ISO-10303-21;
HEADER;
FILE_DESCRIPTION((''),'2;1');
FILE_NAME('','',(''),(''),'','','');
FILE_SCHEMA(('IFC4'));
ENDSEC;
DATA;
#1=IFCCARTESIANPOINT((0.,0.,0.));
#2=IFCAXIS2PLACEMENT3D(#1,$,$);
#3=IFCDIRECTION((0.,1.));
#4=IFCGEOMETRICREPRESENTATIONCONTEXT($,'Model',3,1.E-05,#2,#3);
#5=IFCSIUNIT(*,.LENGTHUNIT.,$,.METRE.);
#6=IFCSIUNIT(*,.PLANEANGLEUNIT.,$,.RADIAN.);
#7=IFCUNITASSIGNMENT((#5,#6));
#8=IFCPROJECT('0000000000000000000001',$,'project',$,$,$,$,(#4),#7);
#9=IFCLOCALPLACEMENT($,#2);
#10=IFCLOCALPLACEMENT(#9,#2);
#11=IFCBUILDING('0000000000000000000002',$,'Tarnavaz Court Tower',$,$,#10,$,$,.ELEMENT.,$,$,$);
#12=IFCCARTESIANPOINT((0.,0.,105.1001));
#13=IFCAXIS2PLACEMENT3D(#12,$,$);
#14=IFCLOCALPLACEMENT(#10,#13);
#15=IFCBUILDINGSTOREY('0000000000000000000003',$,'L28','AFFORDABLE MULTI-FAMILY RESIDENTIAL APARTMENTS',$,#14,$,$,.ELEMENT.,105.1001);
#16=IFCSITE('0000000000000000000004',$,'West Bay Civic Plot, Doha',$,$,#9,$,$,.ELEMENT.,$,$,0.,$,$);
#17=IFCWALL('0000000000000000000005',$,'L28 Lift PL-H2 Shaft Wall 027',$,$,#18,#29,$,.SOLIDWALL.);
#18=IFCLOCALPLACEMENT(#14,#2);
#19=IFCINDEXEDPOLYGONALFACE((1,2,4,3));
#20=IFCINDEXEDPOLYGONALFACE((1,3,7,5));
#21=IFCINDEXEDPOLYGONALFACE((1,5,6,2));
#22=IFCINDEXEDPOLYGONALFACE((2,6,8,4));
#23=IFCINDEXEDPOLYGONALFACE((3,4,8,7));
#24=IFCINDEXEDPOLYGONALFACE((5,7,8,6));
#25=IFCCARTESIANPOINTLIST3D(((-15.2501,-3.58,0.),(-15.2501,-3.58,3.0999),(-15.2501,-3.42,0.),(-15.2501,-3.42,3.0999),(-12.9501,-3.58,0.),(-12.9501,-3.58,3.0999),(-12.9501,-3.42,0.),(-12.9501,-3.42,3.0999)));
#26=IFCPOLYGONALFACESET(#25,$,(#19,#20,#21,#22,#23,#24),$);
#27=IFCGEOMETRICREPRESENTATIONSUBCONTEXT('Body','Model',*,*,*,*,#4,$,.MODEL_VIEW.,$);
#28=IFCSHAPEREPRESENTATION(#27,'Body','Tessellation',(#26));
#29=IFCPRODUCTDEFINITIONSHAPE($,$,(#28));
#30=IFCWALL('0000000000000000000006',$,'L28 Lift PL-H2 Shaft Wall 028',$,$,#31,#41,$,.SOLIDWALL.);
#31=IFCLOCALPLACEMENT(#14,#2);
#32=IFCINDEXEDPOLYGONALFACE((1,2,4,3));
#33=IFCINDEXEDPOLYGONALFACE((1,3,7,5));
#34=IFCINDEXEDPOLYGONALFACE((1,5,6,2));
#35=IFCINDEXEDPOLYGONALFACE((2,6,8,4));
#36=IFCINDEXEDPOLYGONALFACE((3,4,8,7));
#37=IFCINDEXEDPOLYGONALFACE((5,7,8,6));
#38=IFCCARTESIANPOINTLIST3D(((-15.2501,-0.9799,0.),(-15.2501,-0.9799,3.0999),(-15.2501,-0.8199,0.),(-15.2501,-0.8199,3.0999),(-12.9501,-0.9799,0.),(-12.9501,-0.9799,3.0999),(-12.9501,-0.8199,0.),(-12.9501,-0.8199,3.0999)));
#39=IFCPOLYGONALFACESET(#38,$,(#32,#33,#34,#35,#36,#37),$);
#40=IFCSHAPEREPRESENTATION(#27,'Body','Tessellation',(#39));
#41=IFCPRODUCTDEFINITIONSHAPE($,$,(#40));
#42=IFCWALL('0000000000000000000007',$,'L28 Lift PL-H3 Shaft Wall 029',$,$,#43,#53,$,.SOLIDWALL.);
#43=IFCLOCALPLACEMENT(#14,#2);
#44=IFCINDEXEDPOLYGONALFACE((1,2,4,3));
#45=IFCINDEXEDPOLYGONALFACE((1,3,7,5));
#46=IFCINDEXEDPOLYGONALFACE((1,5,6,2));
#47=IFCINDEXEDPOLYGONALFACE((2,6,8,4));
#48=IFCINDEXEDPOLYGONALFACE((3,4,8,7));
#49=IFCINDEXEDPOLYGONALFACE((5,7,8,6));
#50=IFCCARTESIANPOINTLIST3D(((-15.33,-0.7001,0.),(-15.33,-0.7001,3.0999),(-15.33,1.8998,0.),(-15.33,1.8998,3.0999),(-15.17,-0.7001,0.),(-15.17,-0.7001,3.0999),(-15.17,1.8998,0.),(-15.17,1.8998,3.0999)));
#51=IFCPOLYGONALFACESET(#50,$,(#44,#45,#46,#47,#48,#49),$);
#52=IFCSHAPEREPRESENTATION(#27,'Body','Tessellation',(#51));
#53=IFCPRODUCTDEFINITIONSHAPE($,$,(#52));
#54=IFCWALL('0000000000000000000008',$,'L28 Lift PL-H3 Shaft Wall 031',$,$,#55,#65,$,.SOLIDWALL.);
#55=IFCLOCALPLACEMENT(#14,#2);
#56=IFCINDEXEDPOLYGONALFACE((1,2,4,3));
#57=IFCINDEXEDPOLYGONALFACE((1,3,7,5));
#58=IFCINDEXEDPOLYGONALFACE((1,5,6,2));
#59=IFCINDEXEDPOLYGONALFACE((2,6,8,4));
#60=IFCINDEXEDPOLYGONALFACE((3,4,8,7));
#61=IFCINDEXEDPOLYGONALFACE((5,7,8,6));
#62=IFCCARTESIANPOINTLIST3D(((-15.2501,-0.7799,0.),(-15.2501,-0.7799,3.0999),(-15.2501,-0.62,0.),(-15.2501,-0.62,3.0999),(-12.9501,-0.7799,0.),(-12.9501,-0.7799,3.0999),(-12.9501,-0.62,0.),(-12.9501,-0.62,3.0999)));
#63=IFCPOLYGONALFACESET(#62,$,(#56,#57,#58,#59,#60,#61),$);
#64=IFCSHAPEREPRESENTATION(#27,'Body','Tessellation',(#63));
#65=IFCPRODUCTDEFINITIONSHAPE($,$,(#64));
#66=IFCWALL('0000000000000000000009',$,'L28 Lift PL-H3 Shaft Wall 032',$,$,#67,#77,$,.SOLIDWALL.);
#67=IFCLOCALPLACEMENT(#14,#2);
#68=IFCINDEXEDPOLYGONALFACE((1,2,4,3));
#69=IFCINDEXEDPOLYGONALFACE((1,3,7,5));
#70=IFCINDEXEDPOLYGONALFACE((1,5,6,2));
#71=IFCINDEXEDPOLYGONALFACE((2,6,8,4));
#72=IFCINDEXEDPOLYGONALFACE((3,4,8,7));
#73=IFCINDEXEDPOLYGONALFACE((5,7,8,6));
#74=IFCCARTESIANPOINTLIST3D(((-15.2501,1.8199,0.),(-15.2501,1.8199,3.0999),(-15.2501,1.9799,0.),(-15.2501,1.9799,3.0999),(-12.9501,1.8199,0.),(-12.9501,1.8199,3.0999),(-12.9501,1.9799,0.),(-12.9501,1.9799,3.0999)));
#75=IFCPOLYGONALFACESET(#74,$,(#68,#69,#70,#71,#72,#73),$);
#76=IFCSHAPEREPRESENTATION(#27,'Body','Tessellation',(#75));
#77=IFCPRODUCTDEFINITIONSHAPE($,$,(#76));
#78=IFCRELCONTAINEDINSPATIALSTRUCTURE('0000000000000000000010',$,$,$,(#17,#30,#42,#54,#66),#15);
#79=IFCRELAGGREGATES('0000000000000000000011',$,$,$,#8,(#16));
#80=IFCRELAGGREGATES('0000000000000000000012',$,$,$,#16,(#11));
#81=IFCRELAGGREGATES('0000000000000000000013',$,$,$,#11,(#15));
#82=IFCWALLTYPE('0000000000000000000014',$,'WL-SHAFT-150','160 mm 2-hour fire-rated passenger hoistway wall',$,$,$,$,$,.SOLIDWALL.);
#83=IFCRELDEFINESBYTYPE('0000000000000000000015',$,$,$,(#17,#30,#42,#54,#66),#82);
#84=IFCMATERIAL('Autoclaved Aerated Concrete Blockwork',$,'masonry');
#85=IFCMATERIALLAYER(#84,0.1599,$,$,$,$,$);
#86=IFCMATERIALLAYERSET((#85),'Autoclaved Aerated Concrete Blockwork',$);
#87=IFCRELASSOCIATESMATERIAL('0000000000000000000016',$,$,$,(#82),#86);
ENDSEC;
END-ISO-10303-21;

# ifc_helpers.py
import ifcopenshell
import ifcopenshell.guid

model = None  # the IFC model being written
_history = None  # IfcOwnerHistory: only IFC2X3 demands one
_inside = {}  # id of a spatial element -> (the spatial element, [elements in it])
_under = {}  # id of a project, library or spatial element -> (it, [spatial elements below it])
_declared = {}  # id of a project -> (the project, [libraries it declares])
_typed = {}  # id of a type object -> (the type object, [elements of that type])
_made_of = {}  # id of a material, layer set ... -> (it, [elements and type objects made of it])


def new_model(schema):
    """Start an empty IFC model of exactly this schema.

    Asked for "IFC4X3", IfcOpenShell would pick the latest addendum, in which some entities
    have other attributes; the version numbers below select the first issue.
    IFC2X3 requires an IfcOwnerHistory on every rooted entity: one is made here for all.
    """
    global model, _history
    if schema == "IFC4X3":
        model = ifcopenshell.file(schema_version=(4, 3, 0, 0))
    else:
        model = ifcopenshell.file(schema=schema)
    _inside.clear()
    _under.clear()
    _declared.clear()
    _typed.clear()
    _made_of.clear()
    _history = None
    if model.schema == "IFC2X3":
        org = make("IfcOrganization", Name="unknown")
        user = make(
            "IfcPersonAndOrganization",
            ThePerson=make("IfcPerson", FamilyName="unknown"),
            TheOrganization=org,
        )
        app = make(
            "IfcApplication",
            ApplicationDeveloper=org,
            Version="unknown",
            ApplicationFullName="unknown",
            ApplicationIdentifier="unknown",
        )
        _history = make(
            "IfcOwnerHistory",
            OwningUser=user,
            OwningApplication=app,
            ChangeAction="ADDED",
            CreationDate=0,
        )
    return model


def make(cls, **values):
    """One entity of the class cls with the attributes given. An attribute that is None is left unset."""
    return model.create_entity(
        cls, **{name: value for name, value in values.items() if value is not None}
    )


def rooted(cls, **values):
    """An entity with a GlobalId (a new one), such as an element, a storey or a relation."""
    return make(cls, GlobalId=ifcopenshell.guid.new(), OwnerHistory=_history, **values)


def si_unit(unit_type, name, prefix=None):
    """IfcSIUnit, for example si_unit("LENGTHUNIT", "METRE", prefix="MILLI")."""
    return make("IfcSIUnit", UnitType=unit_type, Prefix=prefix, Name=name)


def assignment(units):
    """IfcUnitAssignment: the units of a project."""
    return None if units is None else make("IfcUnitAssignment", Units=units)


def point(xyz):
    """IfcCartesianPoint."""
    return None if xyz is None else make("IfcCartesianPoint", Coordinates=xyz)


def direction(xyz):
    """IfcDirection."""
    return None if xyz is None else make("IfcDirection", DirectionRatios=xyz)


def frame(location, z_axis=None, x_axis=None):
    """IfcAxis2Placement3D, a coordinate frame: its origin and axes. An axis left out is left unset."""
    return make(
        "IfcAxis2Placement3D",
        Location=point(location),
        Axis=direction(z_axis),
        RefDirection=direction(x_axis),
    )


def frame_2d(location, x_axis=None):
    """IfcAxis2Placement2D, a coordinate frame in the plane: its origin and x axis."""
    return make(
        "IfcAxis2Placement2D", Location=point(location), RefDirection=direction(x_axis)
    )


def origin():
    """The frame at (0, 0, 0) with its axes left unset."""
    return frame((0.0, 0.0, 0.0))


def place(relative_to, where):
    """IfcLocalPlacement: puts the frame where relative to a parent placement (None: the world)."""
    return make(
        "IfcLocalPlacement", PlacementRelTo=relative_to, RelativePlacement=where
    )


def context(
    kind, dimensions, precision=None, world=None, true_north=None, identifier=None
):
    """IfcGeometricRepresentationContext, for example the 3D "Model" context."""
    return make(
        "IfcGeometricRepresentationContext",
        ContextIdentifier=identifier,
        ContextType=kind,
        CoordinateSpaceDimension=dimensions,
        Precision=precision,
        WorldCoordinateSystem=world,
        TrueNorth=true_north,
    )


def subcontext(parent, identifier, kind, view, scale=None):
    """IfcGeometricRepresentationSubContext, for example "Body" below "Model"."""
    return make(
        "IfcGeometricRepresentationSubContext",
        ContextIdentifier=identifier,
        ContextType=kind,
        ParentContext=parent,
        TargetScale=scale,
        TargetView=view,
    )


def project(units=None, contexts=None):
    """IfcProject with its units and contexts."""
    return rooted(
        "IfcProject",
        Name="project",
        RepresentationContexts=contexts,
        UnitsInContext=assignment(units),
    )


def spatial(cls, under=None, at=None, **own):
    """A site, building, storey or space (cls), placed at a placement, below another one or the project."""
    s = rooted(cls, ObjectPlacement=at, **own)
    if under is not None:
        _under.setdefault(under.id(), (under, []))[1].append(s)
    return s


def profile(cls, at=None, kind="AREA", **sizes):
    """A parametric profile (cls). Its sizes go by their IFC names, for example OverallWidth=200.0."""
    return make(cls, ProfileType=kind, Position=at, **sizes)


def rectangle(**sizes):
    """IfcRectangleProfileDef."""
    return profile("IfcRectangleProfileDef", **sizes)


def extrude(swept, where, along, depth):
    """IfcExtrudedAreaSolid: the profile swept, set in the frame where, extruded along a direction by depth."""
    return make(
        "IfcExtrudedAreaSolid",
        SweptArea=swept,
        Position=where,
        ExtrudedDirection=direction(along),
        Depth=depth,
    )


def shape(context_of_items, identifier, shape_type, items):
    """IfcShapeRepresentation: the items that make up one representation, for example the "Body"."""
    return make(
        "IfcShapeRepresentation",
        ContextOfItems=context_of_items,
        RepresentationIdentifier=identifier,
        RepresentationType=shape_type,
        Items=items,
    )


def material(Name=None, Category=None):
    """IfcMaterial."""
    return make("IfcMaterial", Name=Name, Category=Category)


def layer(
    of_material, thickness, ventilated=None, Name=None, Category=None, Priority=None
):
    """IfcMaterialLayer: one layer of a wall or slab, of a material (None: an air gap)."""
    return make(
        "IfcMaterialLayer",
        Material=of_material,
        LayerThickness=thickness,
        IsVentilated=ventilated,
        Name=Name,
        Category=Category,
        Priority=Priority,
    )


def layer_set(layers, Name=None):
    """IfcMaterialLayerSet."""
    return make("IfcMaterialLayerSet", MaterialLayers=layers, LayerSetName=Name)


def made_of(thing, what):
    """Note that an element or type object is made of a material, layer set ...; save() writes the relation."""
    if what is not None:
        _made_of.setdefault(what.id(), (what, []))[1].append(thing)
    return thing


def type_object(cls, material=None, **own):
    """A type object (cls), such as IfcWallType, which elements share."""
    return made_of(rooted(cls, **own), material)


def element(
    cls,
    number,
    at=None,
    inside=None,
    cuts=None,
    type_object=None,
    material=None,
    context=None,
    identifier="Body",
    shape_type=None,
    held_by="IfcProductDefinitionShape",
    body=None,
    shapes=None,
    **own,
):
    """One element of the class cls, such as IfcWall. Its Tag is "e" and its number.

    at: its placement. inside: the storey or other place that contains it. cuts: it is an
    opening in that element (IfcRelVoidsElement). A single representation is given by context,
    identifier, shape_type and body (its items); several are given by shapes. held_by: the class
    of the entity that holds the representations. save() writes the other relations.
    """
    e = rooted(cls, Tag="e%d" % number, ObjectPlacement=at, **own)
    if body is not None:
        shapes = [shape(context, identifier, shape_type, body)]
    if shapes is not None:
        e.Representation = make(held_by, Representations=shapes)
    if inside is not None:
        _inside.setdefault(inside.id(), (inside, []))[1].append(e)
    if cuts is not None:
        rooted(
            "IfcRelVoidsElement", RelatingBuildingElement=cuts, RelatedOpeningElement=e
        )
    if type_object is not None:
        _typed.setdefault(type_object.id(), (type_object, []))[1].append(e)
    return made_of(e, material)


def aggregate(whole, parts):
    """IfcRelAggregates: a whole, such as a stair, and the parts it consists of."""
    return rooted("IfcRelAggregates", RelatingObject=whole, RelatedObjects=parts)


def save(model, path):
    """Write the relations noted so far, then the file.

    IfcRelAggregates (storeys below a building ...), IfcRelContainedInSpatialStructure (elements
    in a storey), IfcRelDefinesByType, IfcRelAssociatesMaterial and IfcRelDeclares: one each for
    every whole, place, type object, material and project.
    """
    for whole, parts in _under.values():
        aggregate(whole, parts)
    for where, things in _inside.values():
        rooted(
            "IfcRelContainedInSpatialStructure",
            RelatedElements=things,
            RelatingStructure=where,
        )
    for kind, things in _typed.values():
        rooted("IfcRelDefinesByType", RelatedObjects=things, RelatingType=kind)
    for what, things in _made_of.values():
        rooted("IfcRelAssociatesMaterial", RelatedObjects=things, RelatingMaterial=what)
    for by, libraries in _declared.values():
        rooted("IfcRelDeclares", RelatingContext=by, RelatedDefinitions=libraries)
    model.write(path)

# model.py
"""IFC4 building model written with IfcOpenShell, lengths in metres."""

from ifc_helpers import new_model, si_unit, direction, frame, frame_2d, origin, place, context, subcontext, project, spatial, rectangle, extrude, material, layer, layer_set, type_object, element, save


model = new_model("IFC4")

# Units and contexts
model_context = context("Model", 3, precision=1e-05, world=origin(), true_north=direction((0.0, 1.0)))
body_context = subcontext(model_context, "Body", "Model", "MODEL_VIEW")
ifc_project = project(units=[si_unit("LENGTHUNIT", "METRE"), si_unit("PLANEANGLEUNIT", "RADIAN")], contexts=[model_context])

# Site, building, storey
site_placement = place(None, origin())
site = spatial("IfcSite", under=ifc_project, at=site_placement, Name="West Bay Civic Plot, Doha", CompositionType="ELEMENT", RefElevation=0.0)
building_placement = place(site_placement, origin())
building = spatial("IfcBuilding", under=site, at=building_placement, Name="Tarnavaz Court Tower", CompositionType="ELEMENT")
storey_placement = place(building_placement, frame((0.0, 0.0, 105.1001)))
storey = spatial("IfcBuildingStorey", under=building, at=storey_placement, Name="L28", Description="AFFORDABLE MULTI-FAMILY RESIDENTIAL APARTMENTS", CompositionType="ELEMENT", Elevation=105.1001)

# Walls
ifc_material_1 = material(Name="Autoclaved Aerated Concrete Blockwork", Category="masonry")
ifc_layer_1 = layer(ifc_material_1, 0.1599)
ifc_layer_set_1 = layer_set([ifc_layer_1], Name="Autoclaved Aerated Concrete Blockwork")
wall_type_1 = type_object("IfcWallType", Name="WL-SHAFT-150", Description="160 mm 2-hour fire-rated passenger hoistway wall", PredefinedType="SOLIDWALL", material=ifc_layer_set_1)
for number, where, z_axis, x_axis, name in (
    (1, (-15.25, -3.5, 0.0), (0.0, 0.0, 1.0), (1.0, 0.0, 0.0), "L28 Lift PL-H2 Shaft Wall 027"),
    (2, (-15.25, -0.8999, 0.0), (0.0, 0.0, 1.0), (1.0, 0.0, 0.0), "L28 Lift PL-H2 Shaft Wall 028"),
):
    element("IfcWall", number, at=place(storey_placement, frame(where, z_axis=z_axis, x_axis=x_axis)), inside=storey, type_object=wall_type_1, Name=name, PredefinedType="SOLIDWALL", context=body_context, shape_type="SweptSolid", body=[
        extrude(rectangle(XDim=2.3, YDim=0.1599, at=frame_2d((1.1499, 0.0))), origin(), (0.0, 0.0, 1.0), 3.0999),
    ])
wall_1_placement = place(storey_placement, frame((-15.25, -0.7, 0.0), z_axis=(0.0, 0.0, 1.0), x_axis=(0.0, 1.0, 0.0)))
element("IfcWall", 3, at=wall_1_placement, inside=storey, type_object=wall_type_1, Name="L28 Lift PL-H3 Shaft Wall 029", PredefinedType="SOLIDWALL", context=body_context, shape_type="SweptSolid", body=[
    extrude(rectangle(XDim=2.5999, YDim=0.1599, at=frame_2d((1.2998, 0.0))), origin(), (0.0, 0.0, 1.0), 3.0999),
])
for number, where, z_axis, x_axis, name in (
    (4, (-15.25, -0.7, 0.0), (0.0, 0.0, 1.0), (1.0, 0.0, 0.0), "L28 Lift PL-H3 Shaft Wall 031"),
    (5, (-15.25, 1.8999, 0.0), (0.0, 0.0, 1.0), (1.0, 0.0, 0.0), "L28 Lift PL-H3 Shaft Wall 032"),
):
    element("IfcWall", number, at=place(storey_placement, frame(where, z_axis=z_axis, x_axis=x_axis)), inside=storey, type_object=wall_type_1, Name=name, PredefinedType="SOLIDWALL", context=body_context, shape_type="SweptSolid", body=[
        extrude(rectangle(XDim=2.3, YDim=0.1599, at=frame_2d((1.1499, 0.0))), origin(), (0.0, 0.0, 1.0), 3.0999),
    ])

save(model, "model.ifc")
